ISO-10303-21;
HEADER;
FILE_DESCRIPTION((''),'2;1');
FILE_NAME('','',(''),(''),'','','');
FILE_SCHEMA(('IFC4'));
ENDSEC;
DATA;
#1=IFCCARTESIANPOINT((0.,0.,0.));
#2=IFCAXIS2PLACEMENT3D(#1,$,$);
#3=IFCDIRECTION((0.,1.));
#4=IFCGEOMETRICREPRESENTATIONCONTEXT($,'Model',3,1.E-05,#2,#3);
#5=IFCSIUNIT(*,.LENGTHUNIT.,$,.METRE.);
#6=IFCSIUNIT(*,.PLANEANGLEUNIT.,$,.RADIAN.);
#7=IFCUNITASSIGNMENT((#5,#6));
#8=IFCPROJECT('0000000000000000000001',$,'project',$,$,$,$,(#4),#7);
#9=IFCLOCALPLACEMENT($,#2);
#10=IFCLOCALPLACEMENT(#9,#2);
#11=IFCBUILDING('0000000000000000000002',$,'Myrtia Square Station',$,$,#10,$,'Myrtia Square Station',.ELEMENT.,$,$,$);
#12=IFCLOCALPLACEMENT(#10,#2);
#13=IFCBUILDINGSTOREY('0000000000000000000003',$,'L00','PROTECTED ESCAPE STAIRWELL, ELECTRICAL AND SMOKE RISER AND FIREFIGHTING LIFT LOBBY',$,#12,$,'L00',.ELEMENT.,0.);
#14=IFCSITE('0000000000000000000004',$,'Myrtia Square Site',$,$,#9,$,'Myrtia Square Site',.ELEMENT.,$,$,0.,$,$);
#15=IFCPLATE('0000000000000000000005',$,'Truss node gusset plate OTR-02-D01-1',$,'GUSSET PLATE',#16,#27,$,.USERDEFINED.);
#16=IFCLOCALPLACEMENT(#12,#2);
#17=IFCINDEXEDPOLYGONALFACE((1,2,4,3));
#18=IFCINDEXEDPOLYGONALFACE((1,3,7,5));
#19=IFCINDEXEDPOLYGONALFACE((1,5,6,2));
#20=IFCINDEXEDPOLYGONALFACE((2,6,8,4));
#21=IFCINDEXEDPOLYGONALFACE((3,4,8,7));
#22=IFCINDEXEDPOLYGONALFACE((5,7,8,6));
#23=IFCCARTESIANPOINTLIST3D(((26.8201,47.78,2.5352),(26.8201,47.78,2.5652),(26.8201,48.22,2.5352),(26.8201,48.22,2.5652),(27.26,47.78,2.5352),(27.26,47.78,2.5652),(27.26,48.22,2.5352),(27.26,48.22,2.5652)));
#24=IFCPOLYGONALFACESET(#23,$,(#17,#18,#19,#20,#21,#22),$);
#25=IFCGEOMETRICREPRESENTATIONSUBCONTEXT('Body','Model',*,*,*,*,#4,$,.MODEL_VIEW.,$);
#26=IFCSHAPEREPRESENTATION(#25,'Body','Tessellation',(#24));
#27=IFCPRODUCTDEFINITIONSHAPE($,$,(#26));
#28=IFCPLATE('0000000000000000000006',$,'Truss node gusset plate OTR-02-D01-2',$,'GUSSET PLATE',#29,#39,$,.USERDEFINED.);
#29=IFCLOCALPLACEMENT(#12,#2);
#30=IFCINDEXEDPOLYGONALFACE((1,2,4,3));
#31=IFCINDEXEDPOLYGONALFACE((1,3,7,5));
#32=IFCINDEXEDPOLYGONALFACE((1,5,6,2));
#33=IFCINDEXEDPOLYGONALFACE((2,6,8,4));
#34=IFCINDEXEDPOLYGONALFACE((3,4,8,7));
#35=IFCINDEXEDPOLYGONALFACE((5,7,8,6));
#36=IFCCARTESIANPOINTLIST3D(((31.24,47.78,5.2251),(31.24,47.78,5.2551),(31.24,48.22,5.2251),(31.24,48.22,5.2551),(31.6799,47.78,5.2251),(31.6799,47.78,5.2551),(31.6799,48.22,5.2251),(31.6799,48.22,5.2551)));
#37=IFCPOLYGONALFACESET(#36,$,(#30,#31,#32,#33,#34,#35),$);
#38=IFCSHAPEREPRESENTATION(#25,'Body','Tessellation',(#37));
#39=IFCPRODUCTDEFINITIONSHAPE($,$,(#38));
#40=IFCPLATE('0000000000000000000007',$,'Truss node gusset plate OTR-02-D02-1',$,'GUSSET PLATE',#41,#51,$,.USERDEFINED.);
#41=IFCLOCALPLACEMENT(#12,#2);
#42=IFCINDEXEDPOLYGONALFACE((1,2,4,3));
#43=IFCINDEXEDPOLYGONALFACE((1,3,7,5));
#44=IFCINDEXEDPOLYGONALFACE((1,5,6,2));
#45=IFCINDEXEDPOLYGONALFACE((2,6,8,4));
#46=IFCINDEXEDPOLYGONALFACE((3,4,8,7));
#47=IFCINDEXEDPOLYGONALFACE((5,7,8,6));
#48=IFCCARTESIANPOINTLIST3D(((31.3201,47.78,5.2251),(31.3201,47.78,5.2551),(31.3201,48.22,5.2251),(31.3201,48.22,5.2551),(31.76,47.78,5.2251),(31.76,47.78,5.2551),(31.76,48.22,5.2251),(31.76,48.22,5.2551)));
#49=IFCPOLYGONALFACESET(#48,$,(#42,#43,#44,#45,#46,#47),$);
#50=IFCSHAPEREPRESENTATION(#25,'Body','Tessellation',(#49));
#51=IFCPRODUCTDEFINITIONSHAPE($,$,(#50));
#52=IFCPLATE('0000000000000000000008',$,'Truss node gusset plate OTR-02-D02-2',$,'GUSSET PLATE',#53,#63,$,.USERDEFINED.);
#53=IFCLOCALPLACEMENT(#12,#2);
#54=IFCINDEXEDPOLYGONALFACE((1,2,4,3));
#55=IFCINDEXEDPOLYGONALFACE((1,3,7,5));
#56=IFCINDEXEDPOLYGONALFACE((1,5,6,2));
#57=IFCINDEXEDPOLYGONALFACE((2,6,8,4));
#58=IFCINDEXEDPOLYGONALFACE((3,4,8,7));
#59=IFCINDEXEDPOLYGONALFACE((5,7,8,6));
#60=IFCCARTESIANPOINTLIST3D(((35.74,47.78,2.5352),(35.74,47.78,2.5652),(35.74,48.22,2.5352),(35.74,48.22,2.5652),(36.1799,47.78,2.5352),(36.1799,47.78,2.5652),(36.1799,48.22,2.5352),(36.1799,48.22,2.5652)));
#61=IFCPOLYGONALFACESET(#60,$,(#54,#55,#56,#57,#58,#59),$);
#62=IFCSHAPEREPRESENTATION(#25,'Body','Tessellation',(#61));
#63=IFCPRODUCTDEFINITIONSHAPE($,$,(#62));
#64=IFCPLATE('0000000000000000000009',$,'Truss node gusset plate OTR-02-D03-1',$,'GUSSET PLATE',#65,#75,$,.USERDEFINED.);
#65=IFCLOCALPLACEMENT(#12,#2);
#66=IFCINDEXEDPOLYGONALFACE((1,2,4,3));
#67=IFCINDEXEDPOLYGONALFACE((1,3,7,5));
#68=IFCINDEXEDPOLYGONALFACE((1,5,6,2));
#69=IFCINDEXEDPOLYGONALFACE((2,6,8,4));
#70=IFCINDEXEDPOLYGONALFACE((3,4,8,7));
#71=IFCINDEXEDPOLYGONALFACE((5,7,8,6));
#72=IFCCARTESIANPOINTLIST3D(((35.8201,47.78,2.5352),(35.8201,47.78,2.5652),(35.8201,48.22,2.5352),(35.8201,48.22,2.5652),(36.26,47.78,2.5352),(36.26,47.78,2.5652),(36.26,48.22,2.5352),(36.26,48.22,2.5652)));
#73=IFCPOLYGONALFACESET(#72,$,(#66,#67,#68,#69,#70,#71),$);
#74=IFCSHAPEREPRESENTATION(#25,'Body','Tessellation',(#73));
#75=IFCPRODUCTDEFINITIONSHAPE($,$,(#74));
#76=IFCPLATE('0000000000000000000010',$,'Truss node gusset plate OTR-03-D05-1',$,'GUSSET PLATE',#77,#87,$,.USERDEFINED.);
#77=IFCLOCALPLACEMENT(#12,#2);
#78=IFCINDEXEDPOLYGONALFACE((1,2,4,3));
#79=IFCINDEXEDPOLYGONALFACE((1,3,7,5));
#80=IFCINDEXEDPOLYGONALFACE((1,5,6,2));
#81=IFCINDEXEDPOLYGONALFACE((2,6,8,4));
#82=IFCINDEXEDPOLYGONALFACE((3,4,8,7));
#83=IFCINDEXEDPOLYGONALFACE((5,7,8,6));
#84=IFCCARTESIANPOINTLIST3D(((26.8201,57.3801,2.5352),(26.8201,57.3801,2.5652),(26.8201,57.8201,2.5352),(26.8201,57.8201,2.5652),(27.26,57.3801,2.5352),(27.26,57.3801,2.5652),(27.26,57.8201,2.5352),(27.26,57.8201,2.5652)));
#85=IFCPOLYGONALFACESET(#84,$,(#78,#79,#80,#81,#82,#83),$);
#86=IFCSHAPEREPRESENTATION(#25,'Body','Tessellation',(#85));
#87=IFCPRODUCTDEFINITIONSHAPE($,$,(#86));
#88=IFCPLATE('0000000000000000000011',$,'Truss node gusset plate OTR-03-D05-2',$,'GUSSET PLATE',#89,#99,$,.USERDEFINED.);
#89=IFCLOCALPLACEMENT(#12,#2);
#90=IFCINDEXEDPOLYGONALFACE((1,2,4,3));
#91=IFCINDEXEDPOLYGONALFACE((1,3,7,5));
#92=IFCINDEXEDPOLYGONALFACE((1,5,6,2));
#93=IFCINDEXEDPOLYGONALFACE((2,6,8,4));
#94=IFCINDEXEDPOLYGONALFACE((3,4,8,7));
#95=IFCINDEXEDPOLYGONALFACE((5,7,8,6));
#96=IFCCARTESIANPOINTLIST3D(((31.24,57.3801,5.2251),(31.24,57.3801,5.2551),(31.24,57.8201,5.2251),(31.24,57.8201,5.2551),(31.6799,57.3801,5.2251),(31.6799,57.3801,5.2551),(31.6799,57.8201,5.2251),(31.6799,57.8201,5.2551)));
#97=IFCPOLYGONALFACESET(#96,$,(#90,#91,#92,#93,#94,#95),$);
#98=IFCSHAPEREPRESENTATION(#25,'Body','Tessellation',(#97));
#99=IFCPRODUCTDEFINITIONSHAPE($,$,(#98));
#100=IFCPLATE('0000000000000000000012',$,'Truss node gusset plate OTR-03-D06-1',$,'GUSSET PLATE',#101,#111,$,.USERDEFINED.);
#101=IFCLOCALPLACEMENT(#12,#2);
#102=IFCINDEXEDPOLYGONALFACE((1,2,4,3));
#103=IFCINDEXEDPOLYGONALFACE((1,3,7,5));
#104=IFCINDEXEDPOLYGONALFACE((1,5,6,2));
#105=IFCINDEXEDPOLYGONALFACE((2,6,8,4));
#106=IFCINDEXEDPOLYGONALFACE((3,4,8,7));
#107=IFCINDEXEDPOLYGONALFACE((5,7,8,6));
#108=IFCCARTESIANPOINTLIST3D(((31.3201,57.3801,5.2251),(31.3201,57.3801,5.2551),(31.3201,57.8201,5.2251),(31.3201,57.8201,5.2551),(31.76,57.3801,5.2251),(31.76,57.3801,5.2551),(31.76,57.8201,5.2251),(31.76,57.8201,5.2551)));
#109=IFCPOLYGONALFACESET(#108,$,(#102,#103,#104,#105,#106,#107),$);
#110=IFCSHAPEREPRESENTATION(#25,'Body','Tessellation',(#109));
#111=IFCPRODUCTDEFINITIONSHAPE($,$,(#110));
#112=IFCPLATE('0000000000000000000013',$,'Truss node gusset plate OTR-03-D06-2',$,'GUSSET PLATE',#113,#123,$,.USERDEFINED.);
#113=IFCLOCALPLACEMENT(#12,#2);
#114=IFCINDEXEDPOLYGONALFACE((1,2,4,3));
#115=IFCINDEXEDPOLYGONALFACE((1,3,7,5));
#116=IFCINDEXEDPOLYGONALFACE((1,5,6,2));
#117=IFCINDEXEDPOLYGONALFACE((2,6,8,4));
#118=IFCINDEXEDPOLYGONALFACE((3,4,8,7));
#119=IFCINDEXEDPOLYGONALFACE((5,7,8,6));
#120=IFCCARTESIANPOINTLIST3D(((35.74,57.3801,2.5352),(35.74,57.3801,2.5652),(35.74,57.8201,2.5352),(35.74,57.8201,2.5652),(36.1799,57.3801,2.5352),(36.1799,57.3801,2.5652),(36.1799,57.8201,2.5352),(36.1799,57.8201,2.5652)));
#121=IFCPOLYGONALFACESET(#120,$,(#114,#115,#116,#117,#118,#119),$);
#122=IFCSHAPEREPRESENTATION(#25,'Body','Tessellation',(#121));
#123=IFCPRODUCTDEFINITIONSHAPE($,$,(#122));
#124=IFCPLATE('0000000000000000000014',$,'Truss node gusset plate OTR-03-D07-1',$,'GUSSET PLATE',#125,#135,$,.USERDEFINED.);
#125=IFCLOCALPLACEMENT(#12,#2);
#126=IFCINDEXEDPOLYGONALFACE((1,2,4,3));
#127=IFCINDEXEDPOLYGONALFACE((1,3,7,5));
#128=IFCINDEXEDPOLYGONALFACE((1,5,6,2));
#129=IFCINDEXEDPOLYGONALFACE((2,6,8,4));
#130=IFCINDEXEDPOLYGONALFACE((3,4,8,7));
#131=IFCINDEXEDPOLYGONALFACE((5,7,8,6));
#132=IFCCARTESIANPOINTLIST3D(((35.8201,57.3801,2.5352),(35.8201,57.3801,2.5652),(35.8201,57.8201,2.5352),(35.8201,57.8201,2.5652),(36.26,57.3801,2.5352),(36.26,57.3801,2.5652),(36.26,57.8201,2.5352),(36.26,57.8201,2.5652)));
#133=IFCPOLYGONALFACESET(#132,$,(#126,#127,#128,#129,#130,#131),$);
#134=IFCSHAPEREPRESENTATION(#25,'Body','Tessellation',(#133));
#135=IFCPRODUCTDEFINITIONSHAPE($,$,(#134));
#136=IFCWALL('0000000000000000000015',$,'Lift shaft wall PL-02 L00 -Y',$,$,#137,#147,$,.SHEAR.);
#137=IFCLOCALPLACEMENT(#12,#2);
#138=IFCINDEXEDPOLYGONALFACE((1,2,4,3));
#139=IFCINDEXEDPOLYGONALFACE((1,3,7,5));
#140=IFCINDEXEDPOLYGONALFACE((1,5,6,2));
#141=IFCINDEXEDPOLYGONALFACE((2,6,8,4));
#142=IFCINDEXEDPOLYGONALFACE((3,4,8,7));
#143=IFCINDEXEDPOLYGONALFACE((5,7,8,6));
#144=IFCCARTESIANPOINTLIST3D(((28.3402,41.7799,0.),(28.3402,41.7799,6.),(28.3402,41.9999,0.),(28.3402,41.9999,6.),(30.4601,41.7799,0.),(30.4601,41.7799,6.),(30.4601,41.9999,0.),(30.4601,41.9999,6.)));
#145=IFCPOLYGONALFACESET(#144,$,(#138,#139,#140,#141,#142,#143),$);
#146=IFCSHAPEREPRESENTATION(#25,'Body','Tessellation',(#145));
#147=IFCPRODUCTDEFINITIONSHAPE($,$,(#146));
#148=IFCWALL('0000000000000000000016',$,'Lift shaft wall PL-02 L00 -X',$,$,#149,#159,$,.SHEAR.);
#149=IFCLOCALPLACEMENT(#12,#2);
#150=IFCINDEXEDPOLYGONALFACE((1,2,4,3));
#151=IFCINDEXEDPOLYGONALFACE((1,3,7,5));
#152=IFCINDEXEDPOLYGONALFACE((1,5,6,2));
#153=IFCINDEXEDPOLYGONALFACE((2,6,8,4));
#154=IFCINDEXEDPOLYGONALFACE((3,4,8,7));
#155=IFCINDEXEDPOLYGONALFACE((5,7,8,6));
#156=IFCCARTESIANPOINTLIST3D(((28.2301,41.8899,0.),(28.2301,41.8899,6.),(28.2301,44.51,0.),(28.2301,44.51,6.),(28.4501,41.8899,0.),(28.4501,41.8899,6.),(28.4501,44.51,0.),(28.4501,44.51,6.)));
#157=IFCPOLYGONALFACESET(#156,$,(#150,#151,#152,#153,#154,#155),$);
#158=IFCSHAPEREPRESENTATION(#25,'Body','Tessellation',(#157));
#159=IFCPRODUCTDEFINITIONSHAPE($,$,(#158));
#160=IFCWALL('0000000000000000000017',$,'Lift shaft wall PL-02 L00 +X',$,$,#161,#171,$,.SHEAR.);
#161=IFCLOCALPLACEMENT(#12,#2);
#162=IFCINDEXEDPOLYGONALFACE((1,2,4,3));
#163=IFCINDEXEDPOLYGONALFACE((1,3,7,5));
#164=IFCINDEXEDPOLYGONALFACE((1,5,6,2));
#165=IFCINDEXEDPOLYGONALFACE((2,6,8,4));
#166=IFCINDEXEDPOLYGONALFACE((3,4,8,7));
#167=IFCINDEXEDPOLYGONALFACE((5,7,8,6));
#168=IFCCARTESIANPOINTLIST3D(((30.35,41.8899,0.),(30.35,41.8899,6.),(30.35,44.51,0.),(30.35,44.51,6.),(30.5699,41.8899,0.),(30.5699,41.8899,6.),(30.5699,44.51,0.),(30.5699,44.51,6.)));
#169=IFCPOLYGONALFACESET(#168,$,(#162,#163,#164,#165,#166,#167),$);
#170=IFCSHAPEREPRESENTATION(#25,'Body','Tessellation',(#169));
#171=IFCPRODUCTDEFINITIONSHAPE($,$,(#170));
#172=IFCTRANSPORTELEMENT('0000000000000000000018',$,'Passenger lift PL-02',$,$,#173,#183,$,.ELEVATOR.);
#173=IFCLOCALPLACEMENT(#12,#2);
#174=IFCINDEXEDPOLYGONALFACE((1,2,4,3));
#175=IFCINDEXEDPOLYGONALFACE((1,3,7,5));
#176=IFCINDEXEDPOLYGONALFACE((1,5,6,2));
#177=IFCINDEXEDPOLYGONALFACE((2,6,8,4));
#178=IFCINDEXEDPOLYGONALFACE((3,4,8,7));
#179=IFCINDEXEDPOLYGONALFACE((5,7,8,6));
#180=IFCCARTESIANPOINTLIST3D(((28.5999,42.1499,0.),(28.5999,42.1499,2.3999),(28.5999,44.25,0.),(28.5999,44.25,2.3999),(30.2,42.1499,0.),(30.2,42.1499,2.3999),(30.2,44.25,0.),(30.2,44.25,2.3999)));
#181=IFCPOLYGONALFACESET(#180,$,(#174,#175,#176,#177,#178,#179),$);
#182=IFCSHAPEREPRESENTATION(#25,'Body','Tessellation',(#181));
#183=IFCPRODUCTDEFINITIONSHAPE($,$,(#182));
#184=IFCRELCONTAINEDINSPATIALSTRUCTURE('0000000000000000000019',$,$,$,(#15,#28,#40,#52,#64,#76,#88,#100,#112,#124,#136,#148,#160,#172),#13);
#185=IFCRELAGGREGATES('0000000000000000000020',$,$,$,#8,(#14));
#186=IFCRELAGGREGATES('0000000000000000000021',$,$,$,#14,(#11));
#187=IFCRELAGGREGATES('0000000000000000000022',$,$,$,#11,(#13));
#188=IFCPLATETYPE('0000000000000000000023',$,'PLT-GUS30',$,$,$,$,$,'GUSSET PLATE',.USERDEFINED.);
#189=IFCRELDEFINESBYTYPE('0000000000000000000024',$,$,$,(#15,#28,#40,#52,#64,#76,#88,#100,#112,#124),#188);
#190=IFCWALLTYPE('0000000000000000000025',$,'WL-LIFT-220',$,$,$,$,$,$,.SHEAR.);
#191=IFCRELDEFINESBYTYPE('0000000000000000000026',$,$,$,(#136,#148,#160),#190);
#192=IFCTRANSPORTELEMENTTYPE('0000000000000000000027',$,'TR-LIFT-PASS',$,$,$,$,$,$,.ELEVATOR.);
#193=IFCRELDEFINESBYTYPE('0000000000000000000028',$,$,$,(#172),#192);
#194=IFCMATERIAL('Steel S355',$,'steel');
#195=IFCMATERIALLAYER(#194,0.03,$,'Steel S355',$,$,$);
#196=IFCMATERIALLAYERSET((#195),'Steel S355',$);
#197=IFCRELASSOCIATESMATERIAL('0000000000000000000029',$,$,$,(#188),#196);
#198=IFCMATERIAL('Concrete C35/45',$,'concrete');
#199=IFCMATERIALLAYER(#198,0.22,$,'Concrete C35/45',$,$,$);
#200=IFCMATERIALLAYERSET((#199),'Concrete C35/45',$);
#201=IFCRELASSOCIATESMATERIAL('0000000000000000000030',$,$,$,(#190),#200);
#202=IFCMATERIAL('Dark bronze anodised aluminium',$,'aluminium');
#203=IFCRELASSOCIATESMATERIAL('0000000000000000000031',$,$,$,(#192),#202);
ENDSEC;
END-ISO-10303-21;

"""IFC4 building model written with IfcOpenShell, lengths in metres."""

from ifc_helpers import new_model, si_unit, direction, frame, frame_2d, origin, origin_2d, place, context, subcontext, project, spatial, rectangle, extrude, material, layer, layer_set, type_object, element, save


model = new_model("IFC4")

# Units and contexts
model_context = context("Model", 3, precision=1e-05, world=origin(), true_north=direction((0.0, 1.0)))
body_context = subcontext(model_context, "Body", "Model", "MODEL_VIEW")
ifc_project = project(units=[si_unit("LENGTHUNIT", "METRE"), si_unit("PLANEANGLEUNIT", "RADIAN")], contexts=[model_context])

# Site, building, storey
site_placement = place(None, origin())
site = spatial("IfcSite", under=ifc_project, at=site_placement, Name="Myrtia Square Site", LongName="Myrtia Square Site", CompositionType="ELEMENT", RefElevation=0.0)
building_placement = place(site_placement, origin())
building = spatial("IfcBuilding", under=site, at=building_placement, Name="Myrtia Square Station", LongName="Myrtia Square Station", CompositionType="ELEMENT")
storey_placement = place(building_placement, origin())
storey = spatial("IfcBuildingStorey", under=building, at=storey_placement, Name="L00", Description="PROTECTED ESCAPE STAIRWELL, ELECTRICAL AND SMOKE RISER AND FIREFIGHTING LIFT LOBBY", LongName="L00", CompositionType="ELEMENT", Elevation=0.0)

# Shared definitions
ifc_material_1 = material(Name="Steel S355", Category="steel")

# Plates
ifc_layer_1 = layer(ifc_material_1, 0.03, Name="Steel S355")
ifc_layer_set_1 = layer_set([ifc_layer_1], Name="Steel S355")
plate_type = type_object("IfcPlateType", Name="PLT-GUS30", ElementType="GUSSET PLATE", PredefinedType="USERDEFINED", material=ifc_layer_set_1)
for number, where, z_axis, x_axis, name in (
    (1, (27.04, 48.0, 2.5352), (0.0, 0.0, 1.0), (1.0, 0.0, 0.0), "Truss node gusset plate OTR-02-D01-1"),
    (2, (31.46, 48.0, 5.2251), (0.0, 0.0, 1.0), (1.0, 0.0, 0.0), "Truss node gusset plate OTR-02-D01-2"),
    (3, (31.54, 48.0, 5.2251), (0.0, 0.0, 1.0), (1.0, 0.0, 0.0), "Truss node gusset plate OTR-02-D02-1"),
    (4, (35.96, 48.0, 2.5352), (0.0, 0.0, 1.0), (1.0, 0.0, 0.0), "Truss node gusset plate OTR-02-D02-2"),
    (5, (36.04, 48.0, 2.5352), (0.0, 0.0, 1.0), (1.0, 0.0, 0.0), "Truss node gusset plate OTR-02-D03-1"),
    (6, (27.04, 57.6001, 2.5352), (0.0, 0.0, 1.0), (1.0, 0.0, 0.0), "Truss node gusset plate OTR-03-D05-1"),
    (7, (31.46, 57.6001, 5.2251), (0.0, 0.0, 1.0), (1.0, 0.0, 0.0), "Truss node gusset plate OTR-03-D05-2"),
    (8, (31.54, 57.6001, 5.2251), (0.0, 0.0, 1.0), (1.0, 0.0, 0.0), "Truss node gusset plate OTR-03-D06-1"),
    (9, (35.96, 57.6001, 2.5352), (0.0, 0.0, 1.0), (1.0, 0.0, 0.0), "Truss node gusset plate OTR-03-D06-2"),
    (10, (36.04, 57.6001, 2.5352), (0.0, 0.0, 1.0), (1.0, 0.0, 0.0), "Truss node gusset plate OTR-03-D07-1"),
):
    element("IfcPlate", number, at=place(storey_placement, frame(where, z_axis=z_axis, x_axis=x_axis)), inside=storey, type_object=plate_type, Name=name, ObjectType="GUSSET PLATE", PredefinedType="USERDEFINED", context=body_context, shape_type="SweptSolid", body=[
        extrude(rectangle(XDim=0.4399, YDim=0.4399, at=origin_2d()), origin(), (0.0, 0.0, 1.0), 0.03),
    ])

# Wall
ifc_material_2 = material(Name="Concrete C35/45", Category="concrete")
ifc_layer_2 = layer(ifc_material_2, 0.22, Name="Concrete C35/45")
ifc_layer_set_2 = layer_set([ifc_layer_2], Name="Concrete C35/45")
wall_type = type_object("IfcWallType", Name="WL-LIFT-220", PredefinedType="SHEAR", material=ifc_layer_set_2)
wall_1_placement = place(storey_placement, frame((28.3401, 41.8899, 0.0), z_axis=(0.0, 0.0, 1.0), x_axis=(1.0, 0.0, 0.0)))
element("IfcWall", 11, at=wall_1_placement, inside=storey, type_object=wall_type, Name="Lift shaft wall PL-02 L00 -Y", PredefinedType="SHEAR", context=body_context, shape_type="SweptSolid", body=[
    extrude(rectangle(XDim=2.1199, YDim=0.22, at=frame_2d((1.0601, 0.0))), origin(), (0.0, 0.0, 1.0), 6.0),
])

# Shared definitions
ifc_material_3 = material(Name="Dark bronze anodised aluminium", Category="aluminium")

# Walls
for number, where, z_axis, x_axis, name in (
    (12, (28.3401, 41.8899, 0.0), (0.0, 0.0, 1.0), (0.0, 1.0, 0.0), "Lift shaft wall PL-02 L00 -X"),
    (13, (30.46, 41.8899, 0.0), (0.0, 0.0, 1.0), (0.0, 1.0, 0.0), "Lift shaft wall PL-02 L00 +X"),
):
    element("IfcWall", number, at=place(storey_placement, frame(where, z_axis=z_axis, x_axis=x_axis)), inside=storey, type_object=wall_type, Name=name, PredefinedType="SHEAR", context=body_context, shape_type="SweptSolid", body=[
        extrude(rectangle(XDim=2.6201, YDim=0.22, at=frame_2d((1.3101, 0.0))), origin(), (0.0, 0.0, 1.0), 6.0),
    ])

# Transport element
transport_element_type = type_object("IfcTransportElementType", Name="TR-LIFT-PASS", PredefinedType="ELEVATOR", material=ifc_material_3)
transport_element_placement = place(storey_placement, frame((29.3999, 43.2, 0.0), z_axis=(0.0, 0.0, 1.0), x_axis=(1.0, 0.0, 0.0)))
element("IfcTransportElement", 14, at=transport_element_placement, inside=storey, type_object=transport_element_type, Name="Passenger lift PL-02", PredefinedType="ELEVATOR", context=body_context, shape_type="SweptSolid", body=[
    extrude(rectangle(XDim=1.6001, YDim=2.1001, at=origin_2d()), origin(), (0.0, 0.0, 1.0), 2.3999),
])

save(model, "model.ifc")
